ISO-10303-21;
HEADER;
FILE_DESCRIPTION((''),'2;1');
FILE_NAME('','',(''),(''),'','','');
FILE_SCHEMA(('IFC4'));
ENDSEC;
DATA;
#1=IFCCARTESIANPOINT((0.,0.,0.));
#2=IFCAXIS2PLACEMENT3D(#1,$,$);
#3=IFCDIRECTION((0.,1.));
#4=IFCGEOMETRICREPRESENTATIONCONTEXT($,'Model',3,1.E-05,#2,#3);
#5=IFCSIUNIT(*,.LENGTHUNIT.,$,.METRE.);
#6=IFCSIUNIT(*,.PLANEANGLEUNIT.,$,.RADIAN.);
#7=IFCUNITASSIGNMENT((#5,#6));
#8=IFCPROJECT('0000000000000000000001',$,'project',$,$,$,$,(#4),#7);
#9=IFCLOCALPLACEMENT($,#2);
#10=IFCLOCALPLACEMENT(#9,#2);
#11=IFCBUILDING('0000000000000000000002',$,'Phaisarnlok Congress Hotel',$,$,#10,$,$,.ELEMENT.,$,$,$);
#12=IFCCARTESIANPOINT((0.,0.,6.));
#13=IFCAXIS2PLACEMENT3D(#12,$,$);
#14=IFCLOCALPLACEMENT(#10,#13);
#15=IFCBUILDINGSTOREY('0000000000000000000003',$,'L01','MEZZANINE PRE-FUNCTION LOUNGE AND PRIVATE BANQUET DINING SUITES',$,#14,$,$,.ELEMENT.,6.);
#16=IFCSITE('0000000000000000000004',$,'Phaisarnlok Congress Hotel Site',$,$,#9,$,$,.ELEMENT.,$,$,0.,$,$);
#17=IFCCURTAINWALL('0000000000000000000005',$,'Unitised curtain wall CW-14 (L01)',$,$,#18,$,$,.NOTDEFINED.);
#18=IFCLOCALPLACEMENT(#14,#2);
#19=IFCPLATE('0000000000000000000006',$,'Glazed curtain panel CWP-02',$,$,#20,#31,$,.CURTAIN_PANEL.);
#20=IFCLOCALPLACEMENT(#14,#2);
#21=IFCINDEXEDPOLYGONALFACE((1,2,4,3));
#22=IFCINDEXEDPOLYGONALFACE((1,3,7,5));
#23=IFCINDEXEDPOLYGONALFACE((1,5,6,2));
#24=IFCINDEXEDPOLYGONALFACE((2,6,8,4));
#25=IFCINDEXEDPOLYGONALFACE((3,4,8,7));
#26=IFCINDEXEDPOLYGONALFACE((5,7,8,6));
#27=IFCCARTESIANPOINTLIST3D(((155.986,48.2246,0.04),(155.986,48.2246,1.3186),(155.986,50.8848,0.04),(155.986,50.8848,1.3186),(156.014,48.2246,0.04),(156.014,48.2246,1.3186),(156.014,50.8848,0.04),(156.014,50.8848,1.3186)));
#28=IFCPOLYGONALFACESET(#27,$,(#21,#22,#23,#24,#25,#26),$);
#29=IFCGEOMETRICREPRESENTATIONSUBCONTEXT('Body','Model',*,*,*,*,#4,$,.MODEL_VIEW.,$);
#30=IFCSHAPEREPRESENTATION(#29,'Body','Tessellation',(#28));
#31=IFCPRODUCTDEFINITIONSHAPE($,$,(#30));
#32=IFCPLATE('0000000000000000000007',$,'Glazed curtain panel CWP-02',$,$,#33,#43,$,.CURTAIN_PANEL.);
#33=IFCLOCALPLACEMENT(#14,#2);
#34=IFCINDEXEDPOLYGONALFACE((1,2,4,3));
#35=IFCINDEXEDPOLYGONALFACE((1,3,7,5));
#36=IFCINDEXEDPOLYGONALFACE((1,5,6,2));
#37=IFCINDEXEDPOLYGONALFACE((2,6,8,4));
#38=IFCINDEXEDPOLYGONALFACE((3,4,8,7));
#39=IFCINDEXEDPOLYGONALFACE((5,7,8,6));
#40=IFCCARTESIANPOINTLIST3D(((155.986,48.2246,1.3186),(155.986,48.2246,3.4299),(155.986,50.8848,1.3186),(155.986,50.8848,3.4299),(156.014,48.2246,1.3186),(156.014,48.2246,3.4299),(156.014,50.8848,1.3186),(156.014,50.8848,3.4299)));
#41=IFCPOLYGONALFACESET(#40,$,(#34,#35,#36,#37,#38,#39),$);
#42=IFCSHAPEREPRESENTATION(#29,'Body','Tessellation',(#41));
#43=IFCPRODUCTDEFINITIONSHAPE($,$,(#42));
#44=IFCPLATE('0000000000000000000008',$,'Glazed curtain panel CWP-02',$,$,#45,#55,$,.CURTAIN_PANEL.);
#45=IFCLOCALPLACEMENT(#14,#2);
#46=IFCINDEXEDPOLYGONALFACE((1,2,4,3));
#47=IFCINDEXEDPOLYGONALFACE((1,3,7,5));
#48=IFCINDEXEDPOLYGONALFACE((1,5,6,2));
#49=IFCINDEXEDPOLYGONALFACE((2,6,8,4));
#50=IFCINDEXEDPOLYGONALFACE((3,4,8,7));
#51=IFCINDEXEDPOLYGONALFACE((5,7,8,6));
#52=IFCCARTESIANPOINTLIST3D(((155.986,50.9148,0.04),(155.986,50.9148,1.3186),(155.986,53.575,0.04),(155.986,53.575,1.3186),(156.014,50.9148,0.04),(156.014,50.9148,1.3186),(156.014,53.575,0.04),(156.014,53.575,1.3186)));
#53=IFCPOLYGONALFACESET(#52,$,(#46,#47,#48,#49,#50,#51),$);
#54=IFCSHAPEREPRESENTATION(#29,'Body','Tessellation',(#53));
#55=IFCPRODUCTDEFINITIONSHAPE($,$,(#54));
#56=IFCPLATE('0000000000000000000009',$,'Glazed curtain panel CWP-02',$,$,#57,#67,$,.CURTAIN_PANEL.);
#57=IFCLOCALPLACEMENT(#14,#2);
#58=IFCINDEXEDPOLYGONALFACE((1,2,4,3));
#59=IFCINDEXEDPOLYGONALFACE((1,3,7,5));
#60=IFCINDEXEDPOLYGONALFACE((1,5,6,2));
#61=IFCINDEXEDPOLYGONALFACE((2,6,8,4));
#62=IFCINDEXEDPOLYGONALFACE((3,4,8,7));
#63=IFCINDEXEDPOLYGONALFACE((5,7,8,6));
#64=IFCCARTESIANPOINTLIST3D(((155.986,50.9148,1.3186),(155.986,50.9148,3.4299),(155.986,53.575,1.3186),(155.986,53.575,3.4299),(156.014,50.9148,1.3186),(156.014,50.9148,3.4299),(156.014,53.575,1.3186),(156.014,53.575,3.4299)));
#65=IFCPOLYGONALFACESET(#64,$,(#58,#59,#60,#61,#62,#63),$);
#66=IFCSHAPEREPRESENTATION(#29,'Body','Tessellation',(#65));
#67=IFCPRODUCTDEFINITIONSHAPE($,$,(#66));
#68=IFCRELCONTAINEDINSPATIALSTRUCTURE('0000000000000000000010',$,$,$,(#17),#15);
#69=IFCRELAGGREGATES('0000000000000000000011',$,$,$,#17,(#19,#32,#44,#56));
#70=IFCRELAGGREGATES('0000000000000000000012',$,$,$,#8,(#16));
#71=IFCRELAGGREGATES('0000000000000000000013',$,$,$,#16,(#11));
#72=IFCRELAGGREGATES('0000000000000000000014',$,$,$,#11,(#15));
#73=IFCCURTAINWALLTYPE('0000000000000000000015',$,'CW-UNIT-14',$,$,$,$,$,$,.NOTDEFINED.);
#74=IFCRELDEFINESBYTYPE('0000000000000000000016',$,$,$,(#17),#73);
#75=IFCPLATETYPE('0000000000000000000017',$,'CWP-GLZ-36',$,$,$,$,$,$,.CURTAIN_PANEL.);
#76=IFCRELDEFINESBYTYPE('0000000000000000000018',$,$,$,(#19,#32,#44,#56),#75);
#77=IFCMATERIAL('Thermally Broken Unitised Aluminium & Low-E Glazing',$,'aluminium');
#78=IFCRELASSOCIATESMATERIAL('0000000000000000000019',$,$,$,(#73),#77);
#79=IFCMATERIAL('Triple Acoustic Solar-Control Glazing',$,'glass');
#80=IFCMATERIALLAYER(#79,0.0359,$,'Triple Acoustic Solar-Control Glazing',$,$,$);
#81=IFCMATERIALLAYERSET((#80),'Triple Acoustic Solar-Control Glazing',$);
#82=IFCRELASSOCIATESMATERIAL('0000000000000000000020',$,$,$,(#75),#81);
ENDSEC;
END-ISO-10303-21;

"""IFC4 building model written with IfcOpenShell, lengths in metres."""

from ifc_helpers import new_model, si_unit, direction, frame, frame_2d, origin, place, context, subcontext, project, spatial, rectangle, extrude, material, layer, layer_set, type_object, element, aggregate, save


model = new_model("IFC4")

# Units and contexts
model_context = context("Model", 3, precision=1e-05, world=origin(), true_north=direction((0.0, 1.0)))
body_context = subcontext(model_context, "Body", "Model", "MODEL_VIEW")
ifc_project = project(units=[si_unit("LENGTHUNIT", "METRE"), si_unit("PLANEANGLEUNIT", "RADIAN")], contexts=[model_context])

# Site, building, storey
site_placement = place(None, origin())
site = spatial("IfcSite", under=ifc_project, at=site_placement, Name="Phaisarnlok Congress Hotel Site", CompositionType="ELEMENT", RefElevation=0.0)
building_placement = place(site_placement, origin())
building = spatial("IfcBuilding", under=site, at=building_placement, Name="Phaisarnlok Congress Hotel", CompositionType="ELEMENT")
storey_placement = place(building_placement, frame((0.0, 0.0, 6.0)))
storey = spatial("IfcBuildingStorey", under=building, at=storey_placement, Name="L01", Description="MEZZANINE PRE-FUNCTION LOUNGE AND PRIVATE BANQUET DINING SUITES", CompositionType="ELEMENT", Elevation=6.0)

# Shared definitions
ifc_material_1 = material(Name="Thermally Broken Unitised Aluminium & Low-E Glazing", Category="aluminium")

# Curtain wall
curtain_wall_type_1 = type_object("IfcCurtainWallType", Name="CW-UNIT-14", PredefinedType="NOTDEFINED", material=ifc_material_1)
curtain_wall_1_placement = place(storey_placement, origin())
curtain_wall_1 = element("IfcCurtainWall", 1, at=curtain_wall_1_placement, inside=storey, type_object=curtain_wall_type_1, Name="Unitised curtain wall CW-14 (L01)", PredefinedType="NOTDEFINED")

# Plates
ifc_material_2 = material(Name="Triple Acoustic Solar-Control Glazing", Category="glass")
ifc_layer = layer(ifc_material_2, 0.0359, Name="Triple Acoustic Solar-Control Glazing")
ifc_layer_set = layer_set([ifc_layer], Name="Triple Acoustic Solar-Control Glazing")
plate_type = type_object("IfcPlateType", Name="CWP-GLZ-36", PredefinedType="CURTAIN_PANEL", material=ifc_layer_set)
plate_1_placement = place(storey_placement, frame((156.0, 48.2246, 0.04), z_axis=(0.0, 0.0, 1.0), x_axis=(0.0, 1.0, 0.0)))
plate_1 = element("IfcPlate", 2, at=plate_1_placement, type_object=plate_type, Name="Glazed curtain panel CWP-02", PredefinedType="CURTAIN_PANEL", context=body_context, shape_type="SweptSolid", body=[
    extrude(rectangle(XDim=2.6602, YDim=0.0281, at=frame_2d((1.3301, 0.0))), origin(), (0.0, 0.0, 1.0), 1.2786),
])
plate_2_placement = place(storey_placement, frame((156.0, 48.2246, 1.3186), z_axis=(0.0, 0.0, 1.0), x_axis=(0.0, 1.0, 0.0)))
plate_2 = element("IfcPlate", 3, at=plate_2_placement, type_object=plate_type, Name="Glazed curtain panel CWP-02", PredefinedType="CURTAIN_PANEL", context=body_context, shape_type="SweptSolid", body=[
    extrude(rectangle(XDim=2.6602, YDim=0.0281, at=frame_2d((1.3301, 0.0))), origin(), (0.0, 0.0, 1.0), 2.1113),
])
plate_3_placement = place(storey_placement, frame((156.0, 50.9148, 0.04), z_axis=(0.0, 0.0, 1.0), x_axis=(0.0, 1.0, 0.0)))
plate_3 = element("IfcPlate", 4, at=plate_3_placement, type_object=plate_type, Name="Glazed curtain panel CWP-02", PredefinedType="CURTAIN_PANEL", context=body_context, shape_type="SweptSolid", body=[
    extrude(rectangle(XDim=2.6602, YDim=0.0281, at=frame_2d((1.3301, 0.0))), origin(), (0.0, 0.0, 1.0), 1.2786),
])
plate_4_placement = place(storey_placement, frame((156.0, 50.9148, 1.3186), z_axis=(0.0, 0.0, 1.0), x_axis=(0.0, 1.0, 0.0)))
plate_4 = element("IfcPlate", 5, at=plate_4_placement, type_object=plate_type, Name="Glazed curtain panel CWP-02", PredefinedType="CURTAIN_PANEL", context=body_context, shape_type="SweptSolid", body=[
    extrude(rectangle(XDim=2.6602, YDim=0.0281, at=frame_2d((1.3301, 0.0))), origin(), (0.0, 0.0, 1.0), 2.1113),
])
aggregate(curtain_wall_1, [plate_1, plate_2, plate_3, plate_4])

save(model, "model.ifc")
